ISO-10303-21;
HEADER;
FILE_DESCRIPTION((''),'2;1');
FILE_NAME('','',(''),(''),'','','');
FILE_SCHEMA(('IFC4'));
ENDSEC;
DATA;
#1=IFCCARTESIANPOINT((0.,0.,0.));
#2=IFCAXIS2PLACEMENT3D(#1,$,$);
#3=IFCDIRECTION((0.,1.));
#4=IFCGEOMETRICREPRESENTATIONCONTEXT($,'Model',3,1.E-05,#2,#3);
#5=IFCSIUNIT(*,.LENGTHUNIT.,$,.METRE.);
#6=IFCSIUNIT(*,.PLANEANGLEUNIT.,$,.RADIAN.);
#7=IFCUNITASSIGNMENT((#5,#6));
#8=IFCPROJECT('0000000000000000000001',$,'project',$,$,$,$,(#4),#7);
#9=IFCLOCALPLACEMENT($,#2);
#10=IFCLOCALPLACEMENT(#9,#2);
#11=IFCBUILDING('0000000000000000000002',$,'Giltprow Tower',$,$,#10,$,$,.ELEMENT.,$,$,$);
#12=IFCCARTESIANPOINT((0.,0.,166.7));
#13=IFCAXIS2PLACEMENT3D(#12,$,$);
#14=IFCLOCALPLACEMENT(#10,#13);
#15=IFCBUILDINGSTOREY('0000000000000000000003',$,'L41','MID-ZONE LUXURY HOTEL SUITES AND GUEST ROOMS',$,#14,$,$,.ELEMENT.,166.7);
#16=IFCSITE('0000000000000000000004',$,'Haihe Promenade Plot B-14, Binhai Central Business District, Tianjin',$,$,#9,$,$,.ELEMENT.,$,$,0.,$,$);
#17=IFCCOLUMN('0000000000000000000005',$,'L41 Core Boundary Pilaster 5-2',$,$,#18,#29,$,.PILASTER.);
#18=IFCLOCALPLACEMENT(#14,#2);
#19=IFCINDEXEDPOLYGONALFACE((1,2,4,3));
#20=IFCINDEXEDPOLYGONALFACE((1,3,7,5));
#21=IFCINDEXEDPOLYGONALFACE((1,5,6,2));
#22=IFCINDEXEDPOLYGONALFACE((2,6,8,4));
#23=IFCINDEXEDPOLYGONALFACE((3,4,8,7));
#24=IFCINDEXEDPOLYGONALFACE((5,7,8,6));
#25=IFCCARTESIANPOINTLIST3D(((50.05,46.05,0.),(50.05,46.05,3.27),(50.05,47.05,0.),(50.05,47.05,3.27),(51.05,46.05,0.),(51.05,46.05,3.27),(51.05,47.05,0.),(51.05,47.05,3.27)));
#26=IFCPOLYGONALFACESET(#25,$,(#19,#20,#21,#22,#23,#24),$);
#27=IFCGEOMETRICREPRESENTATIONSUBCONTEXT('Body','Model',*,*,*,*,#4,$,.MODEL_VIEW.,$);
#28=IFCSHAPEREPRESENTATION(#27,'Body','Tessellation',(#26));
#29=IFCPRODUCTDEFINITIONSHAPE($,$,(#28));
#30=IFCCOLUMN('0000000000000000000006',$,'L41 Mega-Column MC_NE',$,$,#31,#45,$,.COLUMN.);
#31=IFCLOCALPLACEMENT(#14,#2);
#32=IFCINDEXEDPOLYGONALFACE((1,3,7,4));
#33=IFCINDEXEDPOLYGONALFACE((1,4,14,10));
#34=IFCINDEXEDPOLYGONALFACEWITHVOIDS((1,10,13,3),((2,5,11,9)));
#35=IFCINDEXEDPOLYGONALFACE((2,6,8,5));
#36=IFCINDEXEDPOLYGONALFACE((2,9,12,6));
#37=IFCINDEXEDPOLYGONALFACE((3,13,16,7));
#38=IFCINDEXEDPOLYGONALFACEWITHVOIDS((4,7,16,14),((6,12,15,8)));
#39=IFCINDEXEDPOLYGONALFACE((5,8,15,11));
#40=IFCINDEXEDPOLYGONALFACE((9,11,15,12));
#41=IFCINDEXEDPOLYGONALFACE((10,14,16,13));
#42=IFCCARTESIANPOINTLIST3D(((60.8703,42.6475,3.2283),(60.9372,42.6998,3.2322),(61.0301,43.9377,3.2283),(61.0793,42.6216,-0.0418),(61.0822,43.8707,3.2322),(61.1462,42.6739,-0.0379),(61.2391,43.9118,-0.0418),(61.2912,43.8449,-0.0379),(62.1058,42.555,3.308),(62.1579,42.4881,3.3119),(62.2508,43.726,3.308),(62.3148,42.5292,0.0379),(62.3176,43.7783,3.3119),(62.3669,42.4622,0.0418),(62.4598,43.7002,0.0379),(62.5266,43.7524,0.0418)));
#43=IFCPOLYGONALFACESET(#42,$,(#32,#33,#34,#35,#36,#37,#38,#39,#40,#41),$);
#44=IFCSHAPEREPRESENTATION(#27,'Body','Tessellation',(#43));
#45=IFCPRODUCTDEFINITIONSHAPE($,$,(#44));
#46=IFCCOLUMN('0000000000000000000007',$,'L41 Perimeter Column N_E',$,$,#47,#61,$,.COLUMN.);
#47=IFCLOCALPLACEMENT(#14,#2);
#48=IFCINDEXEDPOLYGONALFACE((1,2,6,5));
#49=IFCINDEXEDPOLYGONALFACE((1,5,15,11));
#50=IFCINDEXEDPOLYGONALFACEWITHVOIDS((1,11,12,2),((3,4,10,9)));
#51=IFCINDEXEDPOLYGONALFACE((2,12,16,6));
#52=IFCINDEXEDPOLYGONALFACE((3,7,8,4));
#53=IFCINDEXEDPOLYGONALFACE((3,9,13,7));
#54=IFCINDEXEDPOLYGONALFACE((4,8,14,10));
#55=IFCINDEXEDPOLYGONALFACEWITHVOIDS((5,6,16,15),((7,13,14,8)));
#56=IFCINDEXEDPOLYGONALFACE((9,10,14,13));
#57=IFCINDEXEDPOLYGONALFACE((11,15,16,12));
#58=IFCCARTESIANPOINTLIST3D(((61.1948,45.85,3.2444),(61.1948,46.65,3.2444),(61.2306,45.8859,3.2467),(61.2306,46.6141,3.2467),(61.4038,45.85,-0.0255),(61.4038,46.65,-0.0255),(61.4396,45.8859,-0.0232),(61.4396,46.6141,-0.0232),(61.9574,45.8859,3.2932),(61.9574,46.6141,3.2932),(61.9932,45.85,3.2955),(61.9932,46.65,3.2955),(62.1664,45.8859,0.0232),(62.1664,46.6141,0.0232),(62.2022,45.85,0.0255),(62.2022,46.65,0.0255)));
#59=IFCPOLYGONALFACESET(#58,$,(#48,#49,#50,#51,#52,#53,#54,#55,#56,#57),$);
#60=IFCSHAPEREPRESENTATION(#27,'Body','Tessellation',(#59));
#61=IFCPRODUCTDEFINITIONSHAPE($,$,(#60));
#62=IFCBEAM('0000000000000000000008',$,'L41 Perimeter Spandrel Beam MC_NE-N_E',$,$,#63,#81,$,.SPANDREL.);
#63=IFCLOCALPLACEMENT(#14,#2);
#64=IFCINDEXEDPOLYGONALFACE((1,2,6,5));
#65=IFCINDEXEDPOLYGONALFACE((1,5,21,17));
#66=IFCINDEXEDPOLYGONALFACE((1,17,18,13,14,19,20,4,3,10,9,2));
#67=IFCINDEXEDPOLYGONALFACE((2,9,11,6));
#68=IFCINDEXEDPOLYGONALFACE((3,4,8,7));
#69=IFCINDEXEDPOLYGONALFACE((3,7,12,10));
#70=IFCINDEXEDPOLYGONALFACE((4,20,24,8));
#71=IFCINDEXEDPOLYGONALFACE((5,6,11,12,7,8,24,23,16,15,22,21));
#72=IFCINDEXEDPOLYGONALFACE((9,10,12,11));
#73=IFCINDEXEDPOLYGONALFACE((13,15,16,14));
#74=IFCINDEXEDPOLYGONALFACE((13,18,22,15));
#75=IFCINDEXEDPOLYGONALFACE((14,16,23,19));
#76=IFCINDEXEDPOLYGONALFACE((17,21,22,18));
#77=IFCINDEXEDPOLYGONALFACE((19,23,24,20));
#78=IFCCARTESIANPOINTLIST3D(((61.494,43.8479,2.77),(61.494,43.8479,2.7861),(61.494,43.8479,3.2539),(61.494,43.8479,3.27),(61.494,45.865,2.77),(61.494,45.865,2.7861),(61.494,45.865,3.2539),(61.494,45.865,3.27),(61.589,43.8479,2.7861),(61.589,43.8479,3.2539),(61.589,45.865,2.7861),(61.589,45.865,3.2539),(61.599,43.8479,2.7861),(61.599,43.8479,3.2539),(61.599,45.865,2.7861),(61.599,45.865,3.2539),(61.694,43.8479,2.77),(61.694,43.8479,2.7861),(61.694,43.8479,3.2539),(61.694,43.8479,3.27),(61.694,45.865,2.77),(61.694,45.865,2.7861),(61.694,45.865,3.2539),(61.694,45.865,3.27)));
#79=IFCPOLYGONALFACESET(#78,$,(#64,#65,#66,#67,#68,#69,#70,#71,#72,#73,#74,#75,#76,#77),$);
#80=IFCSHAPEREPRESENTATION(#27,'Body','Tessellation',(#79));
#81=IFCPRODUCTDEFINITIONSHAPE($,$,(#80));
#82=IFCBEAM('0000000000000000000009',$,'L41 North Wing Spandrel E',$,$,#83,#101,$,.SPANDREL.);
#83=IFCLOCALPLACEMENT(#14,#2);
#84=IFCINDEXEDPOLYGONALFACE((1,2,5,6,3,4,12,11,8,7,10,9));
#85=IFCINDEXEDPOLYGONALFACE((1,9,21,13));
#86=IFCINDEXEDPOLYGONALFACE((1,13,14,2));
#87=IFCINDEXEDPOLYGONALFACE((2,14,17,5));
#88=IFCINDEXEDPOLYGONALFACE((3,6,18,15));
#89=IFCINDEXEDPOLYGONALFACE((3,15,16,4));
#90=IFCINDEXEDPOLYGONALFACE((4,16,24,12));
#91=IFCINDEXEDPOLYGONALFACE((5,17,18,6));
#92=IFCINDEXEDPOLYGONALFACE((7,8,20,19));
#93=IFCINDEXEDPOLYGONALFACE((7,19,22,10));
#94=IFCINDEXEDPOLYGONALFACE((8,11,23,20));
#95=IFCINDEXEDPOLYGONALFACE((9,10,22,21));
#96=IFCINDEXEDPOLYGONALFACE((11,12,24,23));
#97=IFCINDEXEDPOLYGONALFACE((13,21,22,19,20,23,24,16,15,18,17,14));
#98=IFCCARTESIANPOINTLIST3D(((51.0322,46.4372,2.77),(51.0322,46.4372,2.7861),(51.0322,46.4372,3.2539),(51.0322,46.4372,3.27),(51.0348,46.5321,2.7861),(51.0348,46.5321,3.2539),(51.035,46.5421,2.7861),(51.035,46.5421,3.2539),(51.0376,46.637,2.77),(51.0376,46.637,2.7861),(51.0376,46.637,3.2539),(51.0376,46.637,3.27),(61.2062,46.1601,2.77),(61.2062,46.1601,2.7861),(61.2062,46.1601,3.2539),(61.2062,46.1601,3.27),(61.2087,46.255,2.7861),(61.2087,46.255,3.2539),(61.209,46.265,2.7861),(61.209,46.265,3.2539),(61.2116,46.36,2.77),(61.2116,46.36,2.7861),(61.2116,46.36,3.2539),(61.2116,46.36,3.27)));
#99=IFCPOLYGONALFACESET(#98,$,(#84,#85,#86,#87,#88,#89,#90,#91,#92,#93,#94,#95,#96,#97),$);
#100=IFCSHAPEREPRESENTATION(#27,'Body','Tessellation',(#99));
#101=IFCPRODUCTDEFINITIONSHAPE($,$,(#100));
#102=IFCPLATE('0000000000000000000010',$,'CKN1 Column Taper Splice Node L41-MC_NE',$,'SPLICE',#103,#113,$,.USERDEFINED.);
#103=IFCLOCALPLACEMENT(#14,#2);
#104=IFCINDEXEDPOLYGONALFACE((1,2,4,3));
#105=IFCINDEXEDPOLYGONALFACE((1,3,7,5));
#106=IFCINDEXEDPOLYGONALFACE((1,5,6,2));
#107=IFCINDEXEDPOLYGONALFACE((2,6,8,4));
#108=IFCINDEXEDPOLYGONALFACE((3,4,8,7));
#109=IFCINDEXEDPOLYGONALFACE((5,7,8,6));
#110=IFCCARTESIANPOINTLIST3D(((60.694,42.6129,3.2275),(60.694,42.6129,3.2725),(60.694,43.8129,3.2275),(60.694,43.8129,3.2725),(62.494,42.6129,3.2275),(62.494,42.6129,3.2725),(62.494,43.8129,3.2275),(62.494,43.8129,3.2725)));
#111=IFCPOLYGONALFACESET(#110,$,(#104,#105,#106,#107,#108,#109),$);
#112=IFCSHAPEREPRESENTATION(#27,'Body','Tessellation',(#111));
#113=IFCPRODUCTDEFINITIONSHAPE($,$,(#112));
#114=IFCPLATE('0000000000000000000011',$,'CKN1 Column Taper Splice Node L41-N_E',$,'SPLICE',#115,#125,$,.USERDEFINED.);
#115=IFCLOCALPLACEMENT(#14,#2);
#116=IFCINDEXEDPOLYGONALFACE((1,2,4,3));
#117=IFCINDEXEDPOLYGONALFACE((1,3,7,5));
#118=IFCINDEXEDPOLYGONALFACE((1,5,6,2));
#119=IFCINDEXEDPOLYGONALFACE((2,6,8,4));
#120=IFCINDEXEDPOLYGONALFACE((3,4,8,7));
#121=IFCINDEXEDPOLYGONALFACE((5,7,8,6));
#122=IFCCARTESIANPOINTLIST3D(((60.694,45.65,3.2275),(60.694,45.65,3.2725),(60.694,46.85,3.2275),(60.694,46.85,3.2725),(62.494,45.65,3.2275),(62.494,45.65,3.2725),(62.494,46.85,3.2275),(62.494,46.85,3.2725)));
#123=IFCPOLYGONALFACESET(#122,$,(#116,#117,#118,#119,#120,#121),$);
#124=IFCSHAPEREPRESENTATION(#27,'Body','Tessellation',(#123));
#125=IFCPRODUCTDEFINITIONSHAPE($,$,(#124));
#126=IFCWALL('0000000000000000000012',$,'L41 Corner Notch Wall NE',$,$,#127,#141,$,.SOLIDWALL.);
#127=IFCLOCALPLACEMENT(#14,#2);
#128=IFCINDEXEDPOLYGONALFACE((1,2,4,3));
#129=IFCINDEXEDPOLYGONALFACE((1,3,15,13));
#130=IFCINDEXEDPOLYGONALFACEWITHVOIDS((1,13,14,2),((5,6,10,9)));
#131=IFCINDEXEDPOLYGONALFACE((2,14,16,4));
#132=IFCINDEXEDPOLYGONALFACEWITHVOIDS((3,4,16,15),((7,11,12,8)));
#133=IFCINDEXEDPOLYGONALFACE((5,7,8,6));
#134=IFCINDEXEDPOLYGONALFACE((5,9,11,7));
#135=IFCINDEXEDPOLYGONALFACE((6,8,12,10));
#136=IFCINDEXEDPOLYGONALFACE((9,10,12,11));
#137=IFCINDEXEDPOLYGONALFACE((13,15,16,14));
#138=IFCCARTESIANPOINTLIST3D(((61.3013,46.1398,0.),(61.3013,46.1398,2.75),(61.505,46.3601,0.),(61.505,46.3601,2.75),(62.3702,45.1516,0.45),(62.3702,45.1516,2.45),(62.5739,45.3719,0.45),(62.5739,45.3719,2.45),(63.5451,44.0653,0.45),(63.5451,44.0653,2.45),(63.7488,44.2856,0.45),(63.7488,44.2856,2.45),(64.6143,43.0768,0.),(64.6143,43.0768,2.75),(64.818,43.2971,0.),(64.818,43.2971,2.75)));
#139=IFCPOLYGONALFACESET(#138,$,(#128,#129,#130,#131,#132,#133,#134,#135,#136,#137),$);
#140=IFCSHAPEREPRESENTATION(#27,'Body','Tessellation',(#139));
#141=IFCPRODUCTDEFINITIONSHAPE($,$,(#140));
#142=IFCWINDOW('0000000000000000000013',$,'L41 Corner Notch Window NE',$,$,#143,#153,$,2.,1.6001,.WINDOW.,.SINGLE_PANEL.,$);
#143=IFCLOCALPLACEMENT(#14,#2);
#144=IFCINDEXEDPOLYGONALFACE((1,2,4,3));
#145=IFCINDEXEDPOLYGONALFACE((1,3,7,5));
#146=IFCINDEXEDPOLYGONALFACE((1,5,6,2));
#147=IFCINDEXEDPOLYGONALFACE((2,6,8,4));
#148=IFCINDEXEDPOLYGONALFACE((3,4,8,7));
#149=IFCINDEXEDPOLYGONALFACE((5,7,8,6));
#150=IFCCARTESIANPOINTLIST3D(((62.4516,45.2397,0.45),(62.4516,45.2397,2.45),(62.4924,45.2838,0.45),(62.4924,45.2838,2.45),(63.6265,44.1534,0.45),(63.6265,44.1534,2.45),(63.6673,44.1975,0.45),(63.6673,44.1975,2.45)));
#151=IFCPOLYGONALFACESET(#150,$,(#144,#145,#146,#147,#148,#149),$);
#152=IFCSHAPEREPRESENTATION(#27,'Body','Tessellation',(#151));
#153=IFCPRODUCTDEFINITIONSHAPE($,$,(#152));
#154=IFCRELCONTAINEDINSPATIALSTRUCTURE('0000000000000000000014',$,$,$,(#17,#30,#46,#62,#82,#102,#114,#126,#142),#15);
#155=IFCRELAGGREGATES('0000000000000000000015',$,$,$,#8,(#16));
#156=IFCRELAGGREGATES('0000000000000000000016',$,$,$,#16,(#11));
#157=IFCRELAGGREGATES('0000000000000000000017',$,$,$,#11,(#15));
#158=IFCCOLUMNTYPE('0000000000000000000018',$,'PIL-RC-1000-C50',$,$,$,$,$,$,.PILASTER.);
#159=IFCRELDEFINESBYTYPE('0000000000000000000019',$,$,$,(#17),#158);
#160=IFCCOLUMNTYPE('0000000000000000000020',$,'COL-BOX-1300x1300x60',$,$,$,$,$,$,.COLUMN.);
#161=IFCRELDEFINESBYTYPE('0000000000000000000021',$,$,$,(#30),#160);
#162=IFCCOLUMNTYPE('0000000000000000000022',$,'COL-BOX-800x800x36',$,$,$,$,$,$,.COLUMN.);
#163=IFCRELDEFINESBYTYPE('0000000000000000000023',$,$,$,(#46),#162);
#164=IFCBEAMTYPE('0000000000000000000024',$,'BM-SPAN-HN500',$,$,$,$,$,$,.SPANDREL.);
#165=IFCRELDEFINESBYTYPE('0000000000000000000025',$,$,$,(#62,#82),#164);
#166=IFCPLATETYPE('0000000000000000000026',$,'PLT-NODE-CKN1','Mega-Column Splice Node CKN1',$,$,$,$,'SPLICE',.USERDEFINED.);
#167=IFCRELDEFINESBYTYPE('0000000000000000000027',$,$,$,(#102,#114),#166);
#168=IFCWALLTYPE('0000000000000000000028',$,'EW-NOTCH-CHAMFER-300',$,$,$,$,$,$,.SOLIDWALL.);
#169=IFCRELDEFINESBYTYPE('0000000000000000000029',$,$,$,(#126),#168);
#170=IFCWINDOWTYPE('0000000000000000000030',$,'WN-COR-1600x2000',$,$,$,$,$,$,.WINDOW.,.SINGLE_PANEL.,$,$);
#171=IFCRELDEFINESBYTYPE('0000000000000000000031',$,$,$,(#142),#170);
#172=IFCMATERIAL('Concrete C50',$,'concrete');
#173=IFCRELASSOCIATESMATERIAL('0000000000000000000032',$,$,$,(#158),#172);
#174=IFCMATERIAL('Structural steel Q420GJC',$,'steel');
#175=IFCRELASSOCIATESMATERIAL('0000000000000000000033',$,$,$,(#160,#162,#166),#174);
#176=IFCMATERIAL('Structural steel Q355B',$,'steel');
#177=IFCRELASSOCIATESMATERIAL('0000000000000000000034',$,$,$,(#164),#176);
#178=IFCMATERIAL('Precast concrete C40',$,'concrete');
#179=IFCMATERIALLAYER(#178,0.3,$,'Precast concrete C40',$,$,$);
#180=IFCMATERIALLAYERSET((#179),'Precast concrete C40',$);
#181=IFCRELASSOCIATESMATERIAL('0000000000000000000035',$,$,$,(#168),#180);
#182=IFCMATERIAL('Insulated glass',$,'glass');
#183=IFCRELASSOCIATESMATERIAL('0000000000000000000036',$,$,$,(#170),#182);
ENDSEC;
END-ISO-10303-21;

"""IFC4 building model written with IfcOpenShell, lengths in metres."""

from ifc_helpers import new_model, si_unit, direction, frame, frame_2d, origin, origin_2d, place, context, subcontext, project, spatial, rectangle, hollow_rectangle, i_section, extrude, source, transform, mapped, material, layer, layer_set, material_profile, profile_set, type_object, element, fill, save


model = new_model("IFC4")

# Units and contexts
model_context = context("Model", 3, precision=1e-05, world=origin(), true_north=direction((0.0, 1.0)))
body_context = subcontext(model_context, "Body", "Model", "MODEL_VIEW")
ifc_project = project(units=[si_unit("LENGTHUNIT", "METRE"), si_unit("PLANEANGLEUNIT", "RADIAN")], contexts=[model_context])

# Site, building, storey
site_placement = place(None, origin())
site = spatial("IfcSite", under=ifc_project, at=site_placement, Name="Haihe Promenade Plot B-14, Binhai Central Business District, Tianjin", CompositionType="ELEMENT", RefElevation=0.0)
building_placement = place(site_placement, origin())
building = spatial("IfcBuilding", under=site, at=building_placement, Name="Giltprow Tower", CompositionType="ELEMENT")
storey_placement = place(building_placement, frame((0.0, 0.0, 166.7)))
storey = spatial("IfcBuildingStorey", under=building, at=storey_placement, Name="L41", Description="MID-ZONE LUXURY HOTEL SUITES AND GUEST ROOMS", CompositionType="ELEMENT", Elevation=166.7)

# Columns
ifc_material_1 = material(Name="Concrete C50", Category="concrete")
ifc_material_profile_1 = material_profile(ifc_material_1, rectangle(XDim=1.0, YDim=1.0, at=origin_2d()), Name="RC 1000x1000")
ifc_profile_set_1 = profile_set([ifc_material_profile_1], Name="Concrete C50")
column_type_1 = type_object("IfcColumnType", Name="PIL-RC-1000-C50", PredefinedType="PILASTER", material=ifc_profile_set_1)
shared_shape_1 = source(origin(), body_context, "Body", "SweptSolid", [
    extrude(rectangle(XDim=1.0, YDim=1.0, at=origin_2d()), origin(), (0.0, 0.0, 1.0), 3.27),
])
column_1_placement = place(storey_placement, frame((50.55, 46.55, 0.0), z_axis=(0.0, 0.0, 1.0), x_axis=(1.0, 0.0, 0.0)))
element("IfcColumn", 1, at=column_1_placement, inside=storey, type_object=column_type_1, Name="L41 Core Boundary Pilaster 5-2", PredefinedType="PILASTER", context=body_context, shape_type="MappedRepresentation", body=[
    mapped(shared_shape_1, transform((0.0, 0.0, 0.0), x_axis=(1.0, 0.0, 0.0), y_axis=(0.0, 1.0, 0.0), z_axis=(0.0, 0.0, 1.0), scale=1.0)),
])
ifc_material_2 = material(Name="Structural steel Q420GJC", Category="steel")
ifc_material_profile_2 = material_profile(ifc_material_2, hollow_rectangle(XDim=1.3, YDim=1.3, WallThickness=0.0601, at=origin_2d()), Name="BOX 1300x1300x60")
ifc_profile_set_2 = profile_set([ifc_material_profile_2], Name="Structural steel Q420GJC")
column_type_2 = type_object("IfcColumnType", Name="COL-BOX-1300x1300x60", PredefinedType="COLUMN", material=ifc_profile_set_2)
shared_shape_2 = source(origin(), body_context, "Body", "SweptSolid", [
    extrude(hollow_rectangle(XDim=1.3, YDim=1.3, WallThickness=0.0601, at=origin_2d()), origin(), (0.0, 0.0, 1.0), 3.2769),
])
column_2_placement = place(storey_placement, frame((61.803, 43.187, 0.0), z_axis=(-0.063777, 0.007898, 0.997933), x_axis=(-0.122893, -0.99242, 0.0)))
element("IfcColumn", 2, at=column_2_placement, inside=storey, type_object=column_type_2, Name="L41 Mega-Column MC_NE", PredefinedType="COLUMN", context=body_context, shape_type="MappedRepresentation", body=[
    mapped(shared_shape_2, transform((0.0, 0.0, 0.0), x_axis=(1.0, 0.0, 0.0), y_axis=(0.0, 1.0, 0.0), z_axis=(0.0, 0.0, 1.0), scale=1.0)),
])
ifc_material_profile_3 = material_profile(ifc_material_2, hollow_rectangle(XDim=0.8, YDim=0.8, WallThickness=0.0359, at=origin_2d()), Name="BOX 800x800x36")
ifc_profile_set_3 = profile_set([ifc_material_profile_3], Name="Structural steel Q420GJC")
column_type_3 = type_object("IfcColumnType", Name="COL-BOX-800x800x36", PredefinedType="COLUMN", material=ifc_profile_set_3)
shared_shape_3 = source(origin(), body_context, "Body", "SweptSolid", [
    extrude(hollow_rectangle(XDim=0.8, YDim=0.8, WallThickness=0.0359, at=origin_2d()), origin(), (0.0, 0.0, 1.0), 3.2766),
])
column_3_placement = place(storey_placement, frame((61.803, 46.25, 0.0), z_axis=(-0.063779, 0.0, 0.997964), x_axis=(0.0, -1.0, 0.0)))
element("IfcColumn", 3, at=column_3_placement, inside=storey, type_object=column_type_3, Name="L41 Perimeter Column N_E", PredefinedType="COLUMN", context=body_context, shape_type="MappedRepresentation", body=[
    mapped(shared_shape_3, transform((0.0, 0.0, 0.0), x_axis=(1.0, 0.0, 0.0), y_axis=(0.0, 1.0, 0.0), z_axis=(0.0, 0.0, 1.0), scale=1.0)),
])

# Beams
ifc_material_3 = material(Name="Structural steel Q355B", Category="steel")
ifc_material_profile_4 = material_profile(ifc_material_3, i_section(OverallWidth=0.2, OverallDepth=0.5, WebThickness=0.01, FlangeThickness=0.0161, at=origin_2d()), Name="HN 500x200x10x16")
ifc_profile_set_4 = profile_set([ifc_material_profile_4], Name="Structural steel Q355B")
beam_type = type_object("IfcBeamType", Name="BM-SPAN-HN500", PredefinedType="SPANDREL", material=ifc_profile_set_4)
shared_shape_4 = source(origin(), body_context, "Body", "SweptSolid", [
    extrude(i_section(OverallWidth=0.2, OverallDepth=0.5, WebThickness=0.01, FlangeThickness=0.0161, at=origin_2d()), origin(), (0.0, 0.0, 1.0), 2.0171),
])
beam_1_placement = place(storey_placement, frame((61.594, 43.8479, 3.02), z_axis=(0.0, 1.0, 0.0), x_axis=(-1.0, 0.0, 0.0)))
element("IfcBeam", 4, at=beam_1_placement, inside=storey, type_object=beam_type, Name="L41 Perimeter Spandrel Beam MC_NE-N_E", PredefinedType="SPANDREL", context=body_context, shape_type="MappedRepresentation", body=[
    mapped(shared_shape_4, transform((0.0, 0.0, 0.0), x_axis=(1.0, 0.0, 0.0), y_axis=(0.0, 1.0, 0.0), z_axis=(0.0, 0.0, 1.0), scale=1.0)),
])
shared_shape_5 = source(origin(), body_context, "Body", "SweptSolid", [
    extrude(i_section(OverallWidth=0.2, OverallDepth=0.5, WebThickness=0.01, FlangeThickness=0.0161, at=origin_2d()), origin(), (0.0, 0.0, 1.0), 10.1777),
])
beam_2_placement = place(storey_placement, frame((51.0349, 46.5371, 3.02), z_axis=(0.999629, -0.027226, 0.0), x_axis=(0.027226, 0.999629, 0.0)))
element("IfcBeam", 5, at=beam_2_placement, inside=storey, type_object=beam_type, Name="L41 North Wing Spandrel E", PredefinedType="SPANDREL", context=body_context, shape_type="MappedRepresentation", body=[
    mapped(shared_shape_5, transform((0.0, 0.0, 0.0), x_axis=(1.0, 0.0, 0.0), y_axis=(0.0, 1.0, 0.0), z_axis=(0.0, 0.0, 1.0), scale=1.0)),
])

# Plates
plate_type = type_object("IfcPlateType", Name="PLT-NODE-CKN1", Description="Mega-Column Splice Node CKN1", ElementType="SPLICE", PredefinedType="USERDEFINED", material=ifc_material_2)
shared_shape_6 = source(origin(), body_context, "Body", "SweptSolid", [
    extrude(rectangle(XDim=1.8, YDim=1.2, at=origin_2d()), origin(), (0.0, 0.0, 1.0), 0.0449),
])
for number, where, z_axis, x_axis, name in (
    (6, (61.594, 43.2129, 3.2275), (0.0, 0.0, 1.0), (1.0, 0.0, 0.0), "CKN1 Column Taper Splice Node L41-MC_NE"),
    (7, (61.594, 46.25, 3.2275), (0.0, 0.0, 1.0), (1.0, 0.0, 0.0), "CKN1 Column Taper Splice Node L41-N_E"),
):
    element("IfcPlate", number, at=place(storey_placement, frame(where, z_axis=z_axis, x_axis=x_axis)), inside=storey, type_object=plate_type, Name=name, ObjectType="SPLICE", PredefinedType="USERDEFINED", context=body_context, shape_type="MappedRepresentation", body=[
        mapped(shared_shape_6, transform((0.0, 0.0, 0.0), x_axis=(1.0, 0.0, 0.0), y_axis=(0.0, 1.0, 0.0), z_axis=(0.0, 0.0, 1.0), scale=1.0)),
    ])

# Wall, opening, window
ifc_material_4 = material(Name="Precast concrete C40", Category="concrete")
ifc_layer_1 = layer(ifc_material_4, 0.3, Name="Precast concrete C40")
ifc_layer_set_1 = layer_set([ifc_layer_1], Name="Precast concrete C40")
wall_type_1 = type_object("IfcWallType", Name="EW-NOTCH-CHAMFER-300", PredefinedType="SOLIDWALL", material=ifc_layer_set_1)
wall_1_placement = place(storey_placement, frame((64.7161, 43.187, 0.0), z_axis=(0.0, 0.0, 1.0), x_axis=(-0.734268, 0.67886, 0.0)))
wall_1 = element("IfcWall", 8, at=wall_1_placement, inside=storey, type_object=wall_type_1, Name="L41 Corner Notch Wall NE", PredefinedType="SOLIDWALL", context=body_context, shape_type="SweptSolid", body=[
    extrude(rectangle(XDim=4.512, YDim=0.3, at=frame_2d((2.2559, 0.0))), origin(), (0.0, 0.0, 1.0), 2.75),
])
opening_1_placement = place(wall_1_placement, frame((1.4561, 0.0, 0.45)))
opening_1 = element("IfcOpeningElement", 9, at=opening_1_placement, cuts=wall_1, PredefinedType="OPENING", context=body_context, shape_type="SweptSolid", body=[
    extrude(rectangle(XDim=1.6001, YDim=2.0, at=frame_2d((0.8, 1.0))), frame((0.0, 0.1599, 0.0), z_axis=(0.0, -1.0, 0.0), x_axis=(1.0, 0.0, 0.0)), (0.0, 0.0, 1.0), 0.3201),
])
ifc_material_5 = material(Name="Insulated glass", Category="glass")
window_type = type_object("IfcWindowType", Name="WN-COR-1600x2000", PartitioningType="SINGLE_PANEL", PredefinedType="WINDOW", material=ifc_material_5)
shared_shape_7 = source(origin(), body_context, "Body", "SweptSolid", [
    extrude(rectangle(XDim=1.6001, YDim=2.0, at=frame_2d((0.8, 1.0))), frame((0.0, 0.03, 0.0), z_axis=(0.0, -1.0, 0.0), x_axis=(1.0, 0.0, 0.0)), (0.0, 0.0, 1.0), 0.0601),
])
window_1_placement = place(opening_1_placement, origin())
window_1 = element("IfcWindow", 10, at=window_1_placement, inside=storey, type_object=window_type, Name="L41 Corner Notch Window NE", OverallHeight=2.0, OverallWidth=1.6001, PartitioningType="SINGLE_PANEL", PredefinedType="WINDOW", context=body_context, shape_type="MappedRepresentation", body=[
    mapped(shared_shape_7, transform((0.0, 0.0, 0.0), x_axis=(1.0, 0.0, 0.0), y_axis=(0.0, 1.0, 0.0), z_axis=(0.0, 0.0, 1.0), scale=1.0)),
])
fill(opening_1, window_1)

save(model, "model.ifc")
